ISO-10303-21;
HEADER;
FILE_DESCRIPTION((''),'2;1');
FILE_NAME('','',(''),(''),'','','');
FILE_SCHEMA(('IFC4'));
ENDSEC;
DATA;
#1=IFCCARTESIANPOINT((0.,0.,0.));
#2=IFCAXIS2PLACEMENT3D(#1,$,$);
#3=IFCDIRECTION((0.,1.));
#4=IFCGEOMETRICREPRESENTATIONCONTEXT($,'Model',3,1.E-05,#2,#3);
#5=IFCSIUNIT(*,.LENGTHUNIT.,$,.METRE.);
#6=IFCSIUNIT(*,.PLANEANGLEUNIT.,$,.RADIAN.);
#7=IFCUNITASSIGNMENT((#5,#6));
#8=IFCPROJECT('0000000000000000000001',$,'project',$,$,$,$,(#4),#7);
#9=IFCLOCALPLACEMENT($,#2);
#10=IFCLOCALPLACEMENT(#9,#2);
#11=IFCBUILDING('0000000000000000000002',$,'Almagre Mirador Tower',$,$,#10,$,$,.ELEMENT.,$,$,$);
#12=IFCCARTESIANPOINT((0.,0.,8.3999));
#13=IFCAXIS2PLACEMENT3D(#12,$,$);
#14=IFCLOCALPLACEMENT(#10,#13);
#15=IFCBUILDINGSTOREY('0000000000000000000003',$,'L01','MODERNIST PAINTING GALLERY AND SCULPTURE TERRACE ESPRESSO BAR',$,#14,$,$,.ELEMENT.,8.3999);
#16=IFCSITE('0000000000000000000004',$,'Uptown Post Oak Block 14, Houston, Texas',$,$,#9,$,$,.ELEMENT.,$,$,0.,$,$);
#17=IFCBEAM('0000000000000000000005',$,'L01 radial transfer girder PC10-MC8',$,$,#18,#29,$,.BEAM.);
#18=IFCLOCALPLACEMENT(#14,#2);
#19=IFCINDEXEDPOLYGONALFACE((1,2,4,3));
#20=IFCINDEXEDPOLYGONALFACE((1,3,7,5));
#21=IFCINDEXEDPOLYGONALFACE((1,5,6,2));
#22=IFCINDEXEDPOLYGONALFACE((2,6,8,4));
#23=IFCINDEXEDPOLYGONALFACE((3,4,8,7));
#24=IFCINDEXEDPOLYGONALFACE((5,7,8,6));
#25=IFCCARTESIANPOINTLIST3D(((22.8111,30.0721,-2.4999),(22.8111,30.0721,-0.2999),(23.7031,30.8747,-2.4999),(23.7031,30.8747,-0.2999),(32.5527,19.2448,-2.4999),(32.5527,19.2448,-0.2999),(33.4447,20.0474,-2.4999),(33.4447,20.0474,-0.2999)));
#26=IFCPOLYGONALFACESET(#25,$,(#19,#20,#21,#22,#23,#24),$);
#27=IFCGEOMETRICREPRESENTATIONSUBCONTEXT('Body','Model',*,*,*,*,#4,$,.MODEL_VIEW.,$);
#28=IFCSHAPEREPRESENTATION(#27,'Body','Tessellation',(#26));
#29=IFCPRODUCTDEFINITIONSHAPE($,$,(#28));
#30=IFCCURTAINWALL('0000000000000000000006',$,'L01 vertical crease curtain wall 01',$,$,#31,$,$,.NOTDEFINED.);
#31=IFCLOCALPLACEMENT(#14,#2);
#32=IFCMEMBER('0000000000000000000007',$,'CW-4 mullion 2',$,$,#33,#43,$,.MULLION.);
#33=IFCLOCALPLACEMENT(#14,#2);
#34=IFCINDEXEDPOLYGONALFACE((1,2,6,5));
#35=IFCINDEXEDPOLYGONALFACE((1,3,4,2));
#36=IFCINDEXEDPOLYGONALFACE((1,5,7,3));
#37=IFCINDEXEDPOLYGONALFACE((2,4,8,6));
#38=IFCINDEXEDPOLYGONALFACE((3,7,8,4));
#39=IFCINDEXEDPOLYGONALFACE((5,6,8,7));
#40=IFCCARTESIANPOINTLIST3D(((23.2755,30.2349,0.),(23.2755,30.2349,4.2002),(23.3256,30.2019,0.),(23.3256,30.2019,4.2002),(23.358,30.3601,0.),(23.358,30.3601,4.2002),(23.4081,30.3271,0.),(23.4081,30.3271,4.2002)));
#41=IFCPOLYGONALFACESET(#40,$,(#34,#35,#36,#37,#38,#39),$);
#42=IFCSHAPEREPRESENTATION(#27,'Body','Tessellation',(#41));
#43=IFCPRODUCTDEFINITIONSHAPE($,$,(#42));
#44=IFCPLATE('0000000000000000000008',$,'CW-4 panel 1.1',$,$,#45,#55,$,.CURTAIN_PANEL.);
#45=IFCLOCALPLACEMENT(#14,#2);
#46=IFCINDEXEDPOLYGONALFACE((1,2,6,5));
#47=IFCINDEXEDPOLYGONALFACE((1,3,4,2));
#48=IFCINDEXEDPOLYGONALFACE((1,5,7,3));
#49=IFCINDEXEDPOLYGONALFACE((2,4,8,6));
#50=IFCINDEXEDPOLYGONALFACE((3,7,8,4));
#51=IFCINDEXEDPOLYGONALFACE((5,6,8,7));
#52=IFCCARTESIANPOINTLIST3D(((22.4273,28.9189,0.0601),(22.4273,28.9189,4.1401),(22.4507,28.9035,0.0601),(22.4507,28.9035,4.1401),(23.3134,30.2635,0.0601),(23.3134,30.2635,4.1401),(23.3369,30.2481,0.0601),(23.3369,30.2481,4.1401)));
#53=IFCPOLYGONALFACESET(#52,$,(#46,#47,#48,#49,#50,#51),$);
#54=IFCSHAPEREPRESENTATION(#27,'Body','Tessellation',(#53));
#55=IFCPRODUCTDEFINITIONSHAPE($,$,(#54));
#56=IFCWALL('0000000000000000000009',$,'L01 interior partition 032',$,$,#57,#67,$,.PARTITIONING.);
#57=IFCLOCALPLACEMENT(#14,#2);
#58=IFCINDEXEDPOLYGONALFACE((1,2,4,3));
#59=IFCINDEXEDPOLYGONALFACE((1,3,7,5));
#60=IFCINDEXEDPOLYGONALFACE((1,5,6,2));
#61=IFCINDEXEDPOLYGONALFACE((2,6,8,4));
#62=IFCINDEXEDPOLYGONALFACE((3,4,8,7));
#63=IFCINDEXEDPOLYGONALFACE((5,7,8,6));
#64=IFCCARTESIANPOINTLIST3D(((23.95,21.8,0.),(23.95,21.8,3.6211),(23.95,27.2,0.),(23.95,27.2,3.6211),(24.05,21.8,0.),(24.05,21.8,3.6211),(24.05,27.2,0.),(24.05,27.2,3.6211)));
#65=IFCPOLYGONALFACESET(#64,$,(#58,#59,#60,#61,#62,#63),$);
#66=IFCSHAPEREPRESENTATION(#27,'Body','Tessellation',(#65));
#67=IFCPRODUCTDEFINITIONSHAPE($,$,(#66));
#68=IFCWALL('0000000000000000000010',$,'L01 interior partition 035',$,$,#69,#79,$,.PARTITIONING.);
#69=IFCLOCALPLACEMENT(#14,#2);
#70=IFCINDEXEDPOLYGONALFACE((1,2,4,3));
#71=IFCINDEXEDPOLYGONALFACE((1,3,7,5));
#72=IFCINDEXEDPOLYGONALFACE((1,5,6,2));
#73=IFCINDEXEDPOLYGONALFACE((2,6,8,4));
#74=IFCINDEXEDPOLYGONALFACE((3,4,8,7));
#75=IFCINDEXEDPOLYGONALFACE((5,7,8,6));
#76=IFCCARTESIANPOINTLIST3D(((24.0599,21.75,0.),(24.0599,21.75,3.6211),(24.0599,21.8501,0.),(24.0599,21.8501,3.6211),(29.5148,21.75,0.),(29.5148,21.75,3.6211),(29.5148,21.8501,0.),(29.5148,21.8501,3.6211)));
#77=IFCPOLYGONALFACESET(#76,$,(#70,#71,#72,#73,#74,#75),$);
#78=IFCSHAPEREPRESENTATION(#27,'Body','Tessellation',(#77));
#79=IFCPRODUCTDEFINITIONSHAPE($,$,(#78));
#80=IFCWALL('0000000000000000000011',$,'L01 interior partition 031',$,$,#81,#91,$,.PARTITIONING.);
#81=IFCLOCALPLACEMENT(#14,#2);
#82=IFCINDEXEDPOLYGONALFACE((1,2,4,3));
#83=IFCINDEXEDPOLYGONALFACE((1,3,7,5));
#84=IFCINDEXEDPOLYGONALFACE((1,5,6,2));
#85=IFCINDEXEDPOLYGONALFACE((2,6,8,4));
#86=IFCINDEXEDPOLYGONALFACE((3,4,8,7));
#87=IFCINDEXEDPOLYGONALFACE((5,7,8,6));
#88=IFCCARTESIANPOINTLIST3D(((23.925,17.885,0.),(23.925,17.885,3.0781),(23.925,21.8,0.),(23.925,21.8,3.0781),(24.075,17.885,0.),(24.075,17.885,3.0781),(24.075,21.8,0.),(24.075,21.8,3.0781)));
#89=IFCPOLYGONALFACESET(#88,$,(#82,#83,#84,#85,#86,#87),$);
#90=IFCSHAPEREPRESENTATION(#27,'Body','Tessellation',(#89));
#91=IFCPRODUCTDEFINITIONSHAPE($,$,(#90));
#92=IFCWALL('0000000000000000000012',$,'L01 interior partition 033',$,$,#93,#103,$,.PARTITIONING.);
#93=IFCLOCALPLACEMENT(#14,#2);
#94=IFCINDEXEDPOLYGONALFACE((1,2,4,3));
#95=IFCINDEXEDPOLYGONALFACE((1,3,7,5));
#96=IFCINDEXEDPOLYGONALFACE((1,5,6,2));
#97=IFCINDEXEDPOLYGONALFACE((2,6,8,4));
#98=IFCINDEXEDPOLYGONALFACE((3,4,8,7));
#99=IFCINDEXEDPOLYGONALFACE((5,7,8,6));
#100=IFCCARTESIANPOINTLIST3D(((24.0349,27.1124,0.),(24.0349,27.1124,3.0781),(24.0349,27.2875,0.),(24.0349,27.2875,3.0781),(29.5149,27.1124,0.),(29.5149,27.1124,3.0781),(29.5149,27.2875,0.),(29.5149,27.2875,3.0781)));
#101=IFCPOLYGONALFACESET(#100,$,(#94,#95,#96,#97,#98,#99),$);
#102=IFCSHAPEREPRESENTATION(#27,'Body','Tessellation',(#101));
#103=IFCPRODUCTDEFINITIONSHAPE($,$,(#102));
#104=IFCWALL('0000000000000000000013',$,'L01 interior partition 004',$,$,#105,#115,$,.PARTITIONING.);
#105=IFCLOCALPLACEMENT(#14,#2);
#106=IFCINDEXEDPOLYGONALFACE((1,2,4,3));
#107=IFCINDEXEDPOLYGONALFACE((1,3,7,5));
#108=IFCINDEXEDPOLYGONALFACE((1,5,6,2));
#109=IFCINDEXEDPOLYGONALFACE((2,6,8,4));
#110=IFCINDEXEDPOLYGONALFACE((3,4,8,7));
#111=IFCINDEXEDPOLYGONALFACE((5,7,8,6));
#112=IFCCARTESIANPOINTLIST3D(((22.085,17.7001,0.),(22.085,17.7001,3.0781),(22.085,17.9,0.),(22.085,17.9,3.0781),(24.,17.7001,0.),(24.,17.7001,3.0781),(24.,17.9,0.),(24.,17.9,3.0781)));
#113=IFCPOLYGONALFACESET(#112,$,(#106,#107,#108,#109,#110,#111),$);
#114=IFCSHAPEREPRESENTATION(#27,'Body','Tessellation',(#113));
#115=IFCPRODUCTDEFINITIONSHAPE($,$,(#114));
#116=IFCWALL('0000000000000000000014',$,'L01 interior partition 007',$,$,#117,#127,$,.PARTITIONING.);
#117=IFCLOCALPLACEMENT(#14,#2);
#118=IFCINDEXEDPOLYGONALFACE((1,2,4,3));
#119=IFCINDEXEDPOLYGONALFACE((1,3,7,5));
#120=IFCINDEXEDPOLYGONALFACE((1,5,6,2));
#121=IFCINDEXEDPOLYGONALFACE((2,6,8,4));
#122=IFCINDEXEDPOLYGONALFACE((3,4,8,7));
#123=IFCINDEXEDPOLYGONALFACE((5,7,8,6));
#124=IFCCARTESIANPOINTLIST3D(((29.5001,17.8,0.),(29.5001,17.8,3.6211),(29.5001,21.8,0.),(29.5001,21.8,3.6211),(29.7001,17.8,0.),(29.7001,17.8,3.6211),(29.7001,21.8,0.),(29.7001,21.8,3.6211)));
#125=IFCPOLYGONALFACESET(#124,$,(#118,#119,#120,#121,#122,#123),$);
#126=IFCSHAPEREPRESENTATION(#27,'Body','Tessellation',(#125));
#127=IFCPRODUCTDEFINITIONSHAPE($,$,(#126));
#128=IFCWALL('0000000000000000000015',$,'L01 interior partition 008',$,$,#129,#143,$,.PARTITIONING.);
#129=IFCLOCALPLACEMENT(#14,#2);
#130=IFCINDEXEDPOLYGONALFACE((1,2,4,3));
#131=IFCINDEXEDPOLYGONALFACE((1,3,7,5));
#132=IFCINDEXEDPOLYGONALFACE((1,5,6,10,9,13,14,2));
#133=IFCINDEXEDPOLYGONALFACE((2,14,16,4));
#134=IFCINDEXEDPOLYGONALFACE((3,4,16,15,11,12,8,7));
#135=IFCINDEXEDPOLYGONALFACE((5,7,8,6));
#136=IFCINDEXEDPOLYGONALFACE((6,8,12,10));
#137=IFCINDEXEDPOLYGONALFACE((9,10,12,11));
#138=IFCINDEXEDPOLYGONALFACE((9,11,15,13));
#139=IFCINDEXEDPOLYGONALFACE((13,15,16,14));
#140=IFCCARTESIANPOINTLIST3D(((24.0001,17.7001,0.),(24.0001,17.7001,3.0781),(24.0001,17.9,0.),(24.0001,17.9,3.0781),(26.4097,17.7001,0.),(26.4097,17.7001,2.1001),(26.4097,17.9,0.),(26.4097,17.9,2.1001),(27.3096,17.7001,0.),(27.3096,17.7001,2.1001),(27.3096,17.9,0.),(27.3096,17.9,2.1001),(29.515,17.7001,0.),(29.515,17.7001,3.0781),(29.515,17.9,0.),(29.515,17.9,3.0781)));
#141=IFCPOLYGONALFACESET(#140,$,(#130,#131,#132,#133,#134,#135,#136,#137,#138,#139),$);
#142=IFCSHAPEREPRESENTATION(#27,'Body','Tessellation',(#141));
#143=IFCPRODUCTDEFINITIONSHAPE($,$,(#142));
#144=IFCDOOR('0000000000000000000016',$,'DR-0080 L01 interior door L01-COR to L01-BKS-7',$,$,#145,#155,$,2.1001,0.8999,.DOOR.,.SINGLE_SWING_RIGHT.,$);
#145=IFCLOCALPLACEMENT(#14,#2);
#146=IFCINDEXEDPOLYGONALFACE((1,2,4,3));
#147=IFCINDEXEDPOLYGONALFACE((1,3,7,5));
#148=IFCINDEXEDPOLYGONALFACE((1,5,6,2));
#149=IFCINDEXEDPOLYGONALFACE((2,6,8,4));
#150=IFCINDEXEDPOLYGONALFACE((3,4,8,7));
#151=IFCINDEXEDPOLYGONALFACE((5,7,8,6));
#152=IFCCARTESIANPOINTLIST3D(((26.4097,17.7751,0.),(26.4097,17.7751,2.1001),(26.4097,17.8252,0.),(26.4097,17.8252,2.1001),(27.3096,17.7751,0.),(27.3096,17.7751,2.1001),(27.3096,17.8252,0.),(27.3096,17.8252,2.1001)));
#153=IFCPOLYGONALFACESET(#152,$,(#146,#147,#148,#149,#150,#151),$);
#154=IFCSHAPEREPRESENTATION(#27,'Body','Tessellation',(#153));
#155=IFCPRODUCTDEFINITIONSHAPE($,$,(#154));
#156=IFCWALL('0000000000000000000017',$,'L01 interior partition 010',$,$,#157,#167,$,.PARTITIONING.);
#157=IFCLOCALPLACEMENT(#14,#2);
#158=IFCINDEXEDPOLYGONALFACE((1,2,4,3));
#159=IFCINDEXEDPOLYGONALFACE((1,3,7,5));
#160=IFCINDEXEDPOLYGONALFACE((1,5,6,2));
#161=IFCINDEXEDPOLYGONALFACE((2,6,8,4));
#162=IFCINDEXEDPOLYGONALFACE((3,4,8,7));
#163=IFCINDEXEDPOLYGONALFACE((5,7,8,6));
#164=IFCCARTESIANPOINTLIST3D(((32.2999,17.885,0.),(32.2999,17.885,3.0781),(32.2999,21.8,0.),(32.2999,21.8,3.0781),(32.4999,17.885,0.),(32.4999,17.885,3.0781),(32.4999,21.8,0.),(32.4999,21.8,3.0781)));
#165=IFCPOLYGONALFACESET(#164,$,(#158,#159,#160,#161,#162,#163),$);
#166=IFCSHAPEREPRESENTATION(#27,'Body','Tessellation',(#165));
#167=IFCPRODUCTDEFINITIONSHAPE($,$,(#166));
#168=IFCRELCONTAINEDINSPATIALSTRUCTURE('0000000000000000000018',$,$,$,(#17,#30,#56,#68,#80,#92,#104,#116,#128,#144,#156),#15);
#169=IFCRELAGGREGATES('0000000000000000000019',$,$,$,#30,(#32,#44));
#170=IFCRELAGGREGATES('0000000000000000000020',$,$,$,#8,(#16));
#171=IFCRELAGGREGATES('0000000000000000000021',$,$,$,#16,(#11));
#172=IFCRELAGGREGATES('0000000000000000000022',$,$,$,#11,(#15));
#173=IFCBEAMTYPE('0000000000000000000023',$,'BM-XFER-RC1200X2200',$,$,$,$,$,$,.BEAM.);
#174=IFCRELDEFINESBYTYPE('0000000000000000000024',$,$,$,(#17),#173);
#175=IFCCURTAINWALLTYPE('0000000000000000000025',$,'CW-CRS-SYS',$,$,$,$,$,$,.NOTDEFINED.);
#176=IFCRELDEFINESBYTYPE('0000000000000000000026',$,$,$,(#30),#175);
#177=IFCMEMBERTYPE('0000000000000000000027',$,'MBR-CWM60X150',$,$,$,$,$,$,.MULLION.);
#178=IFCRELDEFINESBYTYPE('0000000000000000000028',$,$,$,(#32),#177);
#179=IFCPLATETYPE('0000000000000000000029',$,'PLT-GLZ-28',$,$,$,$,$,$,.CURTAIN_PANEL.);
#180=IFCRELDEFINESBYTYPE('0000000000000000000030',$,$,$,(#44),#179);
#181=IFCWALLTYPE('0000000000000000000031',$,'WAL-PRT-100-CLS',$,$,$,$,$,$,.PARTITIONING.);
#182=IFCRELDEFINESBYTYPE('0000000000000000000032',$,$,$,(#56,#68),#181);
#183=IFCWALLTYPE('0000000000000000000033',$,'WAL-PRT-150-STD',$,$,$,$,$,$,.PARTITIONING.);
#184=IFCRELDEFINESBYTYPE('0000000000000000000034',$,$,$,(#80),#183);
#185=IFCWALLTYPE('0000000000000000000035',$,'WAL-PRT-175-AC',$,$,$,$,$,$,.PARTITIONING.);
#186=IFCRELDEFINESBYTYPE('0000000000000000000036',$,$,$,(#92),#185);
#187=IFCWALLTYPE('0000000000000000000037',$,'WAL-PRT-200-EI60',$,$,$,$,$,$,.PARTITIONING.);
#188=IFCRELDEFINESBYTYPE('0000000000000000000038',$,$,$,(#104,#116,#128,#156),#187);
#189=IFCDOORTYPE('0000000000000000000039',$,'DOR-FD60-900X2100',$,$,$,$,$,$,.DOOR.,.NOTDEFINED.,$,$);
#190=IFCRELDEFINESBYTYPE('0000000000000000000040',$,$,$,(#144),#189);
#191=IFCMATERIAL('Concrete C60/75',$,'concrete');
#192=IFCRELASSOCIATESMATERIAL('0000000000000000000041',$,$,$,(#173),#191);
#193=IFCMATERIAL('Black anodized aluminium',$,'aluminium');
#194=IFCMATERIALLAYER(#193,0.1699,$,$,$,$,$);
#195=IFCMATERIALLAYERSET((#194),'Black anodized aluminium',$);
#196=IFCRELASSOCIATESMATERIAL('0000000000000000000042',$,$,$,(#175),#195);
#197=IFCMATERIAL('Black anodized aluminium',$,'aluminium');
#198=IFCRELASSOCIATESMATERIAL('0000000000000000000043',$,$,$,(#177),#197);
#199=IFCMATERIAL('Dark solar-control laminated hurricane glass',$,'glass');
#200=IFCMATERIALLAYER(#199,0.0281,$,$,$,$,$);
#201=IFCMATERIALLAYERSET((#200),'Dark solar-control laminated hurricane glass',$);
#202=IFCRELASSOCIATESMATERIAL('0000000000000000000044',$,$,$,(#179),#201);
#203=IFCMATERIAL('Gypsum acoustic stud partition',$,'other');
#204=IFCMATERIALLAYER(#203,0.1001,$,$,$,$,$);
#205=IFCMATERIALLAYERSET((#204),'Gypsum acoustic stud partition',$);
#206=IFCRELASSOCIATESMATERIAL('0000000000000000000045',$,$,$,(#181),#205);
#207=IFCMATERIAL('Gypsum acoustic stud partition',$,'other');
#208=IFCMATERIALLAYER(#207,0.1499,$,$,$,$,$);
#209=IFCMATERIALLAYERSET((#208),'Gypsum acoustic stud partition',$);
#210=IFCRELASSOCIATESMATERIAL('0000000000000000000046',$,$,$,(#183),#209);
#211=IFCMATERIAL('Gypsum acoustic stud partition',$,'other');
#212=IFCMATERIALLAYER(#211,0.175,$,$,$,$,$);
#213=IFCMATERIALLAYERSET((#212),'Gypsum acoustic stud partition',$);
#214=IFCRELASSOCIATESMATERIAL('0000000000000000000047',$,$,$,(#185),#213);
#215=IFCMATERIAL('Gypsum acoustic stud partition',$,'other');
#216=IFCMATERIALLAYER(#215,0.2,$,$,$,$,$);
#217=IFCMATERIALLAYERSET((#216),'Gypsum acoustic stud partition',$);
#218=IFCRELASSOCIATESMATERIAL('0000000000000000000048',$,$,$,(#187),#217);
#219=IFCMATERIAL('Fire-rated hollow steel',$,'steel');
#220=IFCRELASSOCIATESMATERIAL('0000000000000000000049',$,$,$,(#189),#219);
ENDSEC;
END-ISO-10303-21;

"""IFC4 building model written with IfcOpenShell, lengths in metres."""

from ifc_helpers import new_model, si_unit, direction, frame, frame_2d, origin, origin_2d, place, context, subcontext, project, spatial, rectangle, extrude, material, layer, layer_set, material_profile, profile_set, type_object, element, fill, aggregate, save


model = new_model("IFC4")

# Units and contexts
model_context = context("Model", 3, precision=1e-05, world=origin(), true_north=direction((0.0, 1.0)))
body_context = subcontext(model_context, "Body", "Model", "MODEL_VIEW")
ifc_project = project(units=[si_unit("LENGTHUNIT", "METRE"), si_unit("PLANEANGLEUNIT", "RADIAN")], contexts=[model_context])

# Site, building, storey
site_placement = place(None, origin())
site = spatial("IfcSite", under=ifc_project, at=site_placement, Name="Uptown Post Oak Block 14, Houston, Texas", CompositionType="ELEMENT", RefElevation=0.0)
building_placement = place(site_placement, origin())
building = spatial("IfcBuilding", under=site, at=building_placement, Name="Almagre Mirador Tower", CompositionType="ELEMENT")
storey_placement = place(building_placement, frame((0.0, 0.0, 8.3999)))
storey = spatial("IfcBuildingStorey", under=building, at=storey_placement, Name="L01", Description="MODERNIST PAINTING GALLERY AND SCULPTURE TERRACE ESPRESSO BAR", CompositionType="ELEMENT", Elevation=8.3999)

# Beam
ifc_material_1 = material(Name="Concrete C60/75", Category="concrete")
ifc_material_profile_1 = material_profile(ifc_material_1, rectangle(XDim=1.2, YDim=2.2, at=origin_2d()), Name="RC1200X2200")
ifc_profile_set_1 = profile_set([ifc_material_profile_1], Name="Concrete C60/75")
beam_type_1 = type_object("IfcBeamType", Name="BM-XFER-RC1200X2200", PredefinedType="BEAM", material=ifc_profile_set_1)
beam_1_placement = place(storey_placement, frame((23.2571, 30.4734, -1.3999), z_axis=(0.668853, -0.743395, 0.0), x_axis=(0.743395, 0.668853, 0.0)))
element("IfcBeam", 1, at=beam_1_placement, inside=storey, type_object=beam_type_1, Name="L01 radial transfer girder PC10-MC8", PredefinedType="BEAM", context=body_context, shape_type="SweptSolid", body=[
    extrude(rectangle(XDim=1.2, YDim=2.2, at=origin_2d()), origin(), (0.0, 0.0, 1.0), 14.5647),
])

# Curtain wall, member, plate
ifc_material_2 = material(Name="Black anodized aluminium", Category="aluminium")
ifc_layer_1 = layer(ifc_material_2, 0.1699)
ifc_layer_set_1 = layer_set([ifc_layer_1], Name="Black anodized aluminium")
curtain_wall_type = type_object("IfcCurtainWallType", Name="CW-CRS-SYS", PredefinedType="NOTDEFINED", material=ifc_layer_set_1)
curtain_wall_placement = place(storey_placement, origin())
curtain_wall = element("IfcCurtainWall", 2, at=curtain_wall_placement, inside=storey, type_object=curtain_wall_type, Name="L01 vertical crease curtain wall 01", PredefinedType="NOTDEFINED")
ifc_material_3 = material(Name="Black anodized aluminium", Category="aluminium")
ifc_material_profile_2 = material_profile(ifc_material_3, rectangle(XDim=0.0601, YDim=0.1499, at=origin_2d()), Name="CWM60X150")
ifc_profile_set_2 = profile_set([ifc_material_profile_2], Name="Black anodized aluminium")
member_type = type_object("IfcMemberType", Name="MBR-CWM60X150", PredefinedType="MULLION", material=ifc_profile_set_2)
member_placement = place(storey_placement, frame((23.3418, 30.281, 0.0), z_axis=(0.0, 0.0, 1.0), x_axis=(-0.83499, 0.550265, 0.0)))
member = element("IfcMember", 3, at=member_placement, type_object=member_type, Name="CW-4 mullion 2", PredefinedType="MULLION", context=body_context, shape_type="SweptSolid", body=[
    extrude(rectangle(XDim=0.0601, YDim=0.1499, at=origin_2d()), origin(), (0.0, 0.0, 1.0), 4.2002),
])
ifc_material_4 = material(Name="Dark solar-control laminated hurricane glass", Category="glass")
ifc_layer_2 = layer(ifc_material_4, 0.0281)
ifc_layer_set_2 = layer_set([ifc_layer_2], Name="Dark solar-control laminated hurricane glass")
plate_type = type_object("IfcPlateType", Name="PLT-GLZ-28", PredefinedType="CURTAIN_PANEL", material=ifc_layer_set_2)
plate_placement = place(storey_placement, frame((22.8821, 29.5835, 0.0601), z_axis=(0.0, 0.0, 1.0), x_axis=(0.550265, 0.83499, 0.0)))
plate = element("IfcPlate", 4, at=plate_placement, type_object=plate_type, Name="CW-4 panel 1.1", PredefinedType="CURTAIN_PANEL", context=body_context, shape_type="SweptSolid", body=[
    extrude(rectangle(XDim=1.6104, YDim=0.0281, at=origin_2d()), origin(), (0.0, 0.0, 1.0), 4.0801),
])
aggregate(curtain_wall, [member, plate])

# Walls
ifc_material_5 = material(Name="Gypsum acoustic stud partition", Category="other")
ifc_layer_3 = layer(ifc_material_5, 0.1001)
ifc_layer_set_3 = layer_set([ifc_layer_3], Name="Gypsum acoustic stud partition")
wall_type_1 = type_object("IfcWallType", Name="WAL-PRT-100-CLS", PredefinedType="PARTITIONING", material=ifc_layer_set_3)
wall_1_placement = place(storey_placement, frame((24.0, 21.8, 0.0), z_axis=(0.0, 0.0, 1.0), x_axis=(0.0, 1.0, 0.0)))
element("IfcWall", 5, at=wall_1_placement, inside=storey, type_object=wall_type_1, Name="L01 interior partition 032", PredefinedType="PARTITIONING", context=body_context, shape_type="SweptSolid", body=[
    extrude(rectangle(XDim=5.3999, YDim=0.1001, at=frame_2d((2.7, 0.0))), origin(), (0.0, 0.0, 1.0), 3.6211),
])
wall_2_placement = place(storey_placement, frame((29.5149, 21.8, 0.0), z_axis=(0.0, 0.0, 1.0), x_axis=(-1.0, 0.0, 0.0)))
element("IfcWall", 6, at=wall_2_placement, inside=storey, type_object=wall_type_1, Name="L01 interior partition 035", PredefinedType="PARTITIONING", context=body_context, shape_type="SweptSolid", body=[
    extrude(rectangle(XDim=5.4548, YDim=0.1001, at=frame_2d((2.7275, 0.0))), origin(), (0.0, 0.0, 1.0), 3.6211),
])
ifc_material_6 = material(Name="Gypsum acoustic stud partition", Category="other")
ifc_layer_4 = layer(ifc_material_6, 0.1499)
ifc_layer_set_4 = layer_set([ifc_layer_4], Name="Gypsum acoustic stud partition")
wall_type_2 = type_object("IfcWallType", Name="WAL-PRT-150-STD", PredefinedType="PARTITIONING", material=ifc_layer_set_4)
wall_3_placement = place(storey_placement, frame((24.0, 17.885, 0.0), z_axis=(0.0, 0.0, 1.0), x_axis=(0.0, 1.0, 0.0)))
element("IfcWall", 7, at=wall_3_placement, inside=storey, type_object=wall_type_2, Name="L01 interior partition 031", PredefinedType="PARTITIONING", context=body_context, shape_type="SweptSolid", body=[
    extrude(rectangle(XDim=3.915, YDim=0.1499, at=frame_2d((1.9575, 0.0))), origin(), (0.0, 0.0, 1.0), 3.0781),
])
ifc_material_7 = material(Name="Gypsum acoustic stud partition", Category="other")
ifc_layer_5 = layer(ifc_material_7, 0.175)
ifc_layer_set_5 = layer_set([ifc_layer_5], Name="Gypsum acoustic stud partition")
wall_type_3 = type_object("IfcWallType", Name="WAL-PRT-175-AC", PredefinedType="PARTITIONING", material=ifc_layer_set_5)
wall_4_placement = place(storey_placement, frame((24.0349, 27.2, 0.0), z_axis=(0.0, 0.0, 1.0), x_axis=(1.0, 0.0, 0.0)))
element("IfcWall", 8, at=wall_4_placement, inside=storey, type_object=wall_type_3, Name="L01 interior partition 033", PredefinedType="PARTITIONING", context=body_context, shape_type="SweptSolid", body=[
    extrude(rectangle(XDim=5.48, YDim=0.175, at=frame_2d((2.74, 0.0))), origin(), (0.0, 0.0, 1.0), 3.0781),
])
ifc_material_8 = material(Name="Gypsum acoustic stud partition", Category="other")
ifc_layer_6 = layer(ifc_material_8, 0.2)
ifc_layer_set_6 = layer_set([ifc_layer_6], Name="Gypsum acoustic stud partition")
wall_type_4 = type_object("IfcWallType", Name="WAL-PRT-200-EI60", PredefinedType="PARTITIONING", material=ifc_layer_set_6)
wall_5_placement = place(storey_placement, frame((24.0, 17.8, 0.0), z_axis=(0.0, 0.0, 1.0), x_axis=(-1.0, 0.0, 0.0)))
element("IfcWall", 9, at=wall_5_placement, inside=storey, type_object=wall_type_4, Name="L01 interior partition 004", PredefinedType="PARTITIONING", context=body_context, shape_type="SweptSolid", body=[
    extrude(rectangle(XDim=1.915, YDim=0.2, at=frame_2d((0.9575, 0.0))), origin(), (0.0, 0.0, 1.0), 3.0781),
])
wall_6_placement = place(storey_placement, frame((29.6001, 21.8, 0.0), z_axis=(0.0, 0.0, 1.0), x_axis=(0.0, -1.0, 0.0)))
element("IfcWall", 10, at=wall_6_placement, inside=storey, type_object=wall_type_4, Name="L01 interior partition 007", PredefinedType="PARTITIONING", context=body_context, shape_type="SweptSolid", body=[
    extrude(rectangle(XDim=4.0, YDim=0.2, at=frame_2d((2.0, 0.0))), origin(), (0.0, 0.0, 1.0), 3.6211),
])

# Wall, opening, door
wall_7_placement = place(storey_placement, frame((29.5149, 17.8, 0.0), z_axis=(0.0, 0.0, 1.0), x_axis=(-1.0, 0.0, 0.0)))
wall_7 = element("IfcWall", 11, at=wall_7_placement, inside=storey, type_object=wall_type_4, Name="L01 interior partition 008", PredefinedType="PARTITIONING", context=body_context, shape_type="SweptSolid", body=[
    extrude(rectangle(XDim=5.5149, YDim=0.2, at=frame_2d((2.7573, 0.0))), origin(), (0.0, 0.0, 1.0), 3.0781),
])
opening_1_placement = place(wall_7_placement, frame((2.2053, 0.0, 0.0)))
opening_1 = element("IfcOpeningElement", 12, at=opening_1_placement, cuts=wall_7, PredefinedType="OPENING", context=body_context, shape_type="SweptSolid", body=[
    extrude(rectangle(XDim=0.8999, YDim=2.1001, at=frame_2d((0.45, 1.05))), frame((0.0, 0.1101, 0.0), z_axis=(0.0, -1.0, 0.0), x_axis=(1.0, 0.0, 0.0)), (0.0, 0.0, 1.0), 0.22),
])
ifc_material_9 = material(Name="Fire-rated hollow steel", Category="steel")
door_type = type_object("IfcDoorType", Name="DOR-FD60-900X2100", OperationType="NOTDEFINED", PredefinedType="DOOR", material=ifc_material_9)
door_1_placement = place(opening_1_placement, origin())
door_1 = element("IfcDoor", 13, at=door_1_placement, inside=storey, type_object=door_type, Name="DR-0080 L01 interior door L01-COR to L01-BKS-7", OperationType="SINGLE_SWING_RIGHT", OverallHeight=2.1001, OverallWidth=0.8999, PredefinedType="DOOR", context=body_context, shape_type="SweptSolid", body=[
    extrude(rectangle(XDim=0.8999, YDim=2.1001, at=frame_2d((0.45, 1.05))), frame((0.0, 0.0249, 0.0), z_axis=(0.0, -1.0, 0.0), x_axis=(1.0, 0.0, 0.0)), (0.0, 0.0, 1.0), 0.05),
])
fill(opening_1, door_1)

# Wall
wall_8_placement = place(storey_placement, frame((32.3999, 17.885, 0.0), z_axis=(0.0, 0.0, 1.0), x_axis=(0.0, 1.0, 0.0)))
element("IfcWall", 14, at=wall_8_placement, inside=storey, type_object=wall_type_4, Name="L01 interior partition 010", PredefinedType="PARTITIONING", context=body_context, shape_type="SweptSolid", body=[
    extrude(rectangle(XDim=3.915, YDim=0.2, at=frame_2d((1.9575, 0.0))), origin(), (0.0, 0.0, 1.0), 3.0781),
])

save(model, "model.ifc")
